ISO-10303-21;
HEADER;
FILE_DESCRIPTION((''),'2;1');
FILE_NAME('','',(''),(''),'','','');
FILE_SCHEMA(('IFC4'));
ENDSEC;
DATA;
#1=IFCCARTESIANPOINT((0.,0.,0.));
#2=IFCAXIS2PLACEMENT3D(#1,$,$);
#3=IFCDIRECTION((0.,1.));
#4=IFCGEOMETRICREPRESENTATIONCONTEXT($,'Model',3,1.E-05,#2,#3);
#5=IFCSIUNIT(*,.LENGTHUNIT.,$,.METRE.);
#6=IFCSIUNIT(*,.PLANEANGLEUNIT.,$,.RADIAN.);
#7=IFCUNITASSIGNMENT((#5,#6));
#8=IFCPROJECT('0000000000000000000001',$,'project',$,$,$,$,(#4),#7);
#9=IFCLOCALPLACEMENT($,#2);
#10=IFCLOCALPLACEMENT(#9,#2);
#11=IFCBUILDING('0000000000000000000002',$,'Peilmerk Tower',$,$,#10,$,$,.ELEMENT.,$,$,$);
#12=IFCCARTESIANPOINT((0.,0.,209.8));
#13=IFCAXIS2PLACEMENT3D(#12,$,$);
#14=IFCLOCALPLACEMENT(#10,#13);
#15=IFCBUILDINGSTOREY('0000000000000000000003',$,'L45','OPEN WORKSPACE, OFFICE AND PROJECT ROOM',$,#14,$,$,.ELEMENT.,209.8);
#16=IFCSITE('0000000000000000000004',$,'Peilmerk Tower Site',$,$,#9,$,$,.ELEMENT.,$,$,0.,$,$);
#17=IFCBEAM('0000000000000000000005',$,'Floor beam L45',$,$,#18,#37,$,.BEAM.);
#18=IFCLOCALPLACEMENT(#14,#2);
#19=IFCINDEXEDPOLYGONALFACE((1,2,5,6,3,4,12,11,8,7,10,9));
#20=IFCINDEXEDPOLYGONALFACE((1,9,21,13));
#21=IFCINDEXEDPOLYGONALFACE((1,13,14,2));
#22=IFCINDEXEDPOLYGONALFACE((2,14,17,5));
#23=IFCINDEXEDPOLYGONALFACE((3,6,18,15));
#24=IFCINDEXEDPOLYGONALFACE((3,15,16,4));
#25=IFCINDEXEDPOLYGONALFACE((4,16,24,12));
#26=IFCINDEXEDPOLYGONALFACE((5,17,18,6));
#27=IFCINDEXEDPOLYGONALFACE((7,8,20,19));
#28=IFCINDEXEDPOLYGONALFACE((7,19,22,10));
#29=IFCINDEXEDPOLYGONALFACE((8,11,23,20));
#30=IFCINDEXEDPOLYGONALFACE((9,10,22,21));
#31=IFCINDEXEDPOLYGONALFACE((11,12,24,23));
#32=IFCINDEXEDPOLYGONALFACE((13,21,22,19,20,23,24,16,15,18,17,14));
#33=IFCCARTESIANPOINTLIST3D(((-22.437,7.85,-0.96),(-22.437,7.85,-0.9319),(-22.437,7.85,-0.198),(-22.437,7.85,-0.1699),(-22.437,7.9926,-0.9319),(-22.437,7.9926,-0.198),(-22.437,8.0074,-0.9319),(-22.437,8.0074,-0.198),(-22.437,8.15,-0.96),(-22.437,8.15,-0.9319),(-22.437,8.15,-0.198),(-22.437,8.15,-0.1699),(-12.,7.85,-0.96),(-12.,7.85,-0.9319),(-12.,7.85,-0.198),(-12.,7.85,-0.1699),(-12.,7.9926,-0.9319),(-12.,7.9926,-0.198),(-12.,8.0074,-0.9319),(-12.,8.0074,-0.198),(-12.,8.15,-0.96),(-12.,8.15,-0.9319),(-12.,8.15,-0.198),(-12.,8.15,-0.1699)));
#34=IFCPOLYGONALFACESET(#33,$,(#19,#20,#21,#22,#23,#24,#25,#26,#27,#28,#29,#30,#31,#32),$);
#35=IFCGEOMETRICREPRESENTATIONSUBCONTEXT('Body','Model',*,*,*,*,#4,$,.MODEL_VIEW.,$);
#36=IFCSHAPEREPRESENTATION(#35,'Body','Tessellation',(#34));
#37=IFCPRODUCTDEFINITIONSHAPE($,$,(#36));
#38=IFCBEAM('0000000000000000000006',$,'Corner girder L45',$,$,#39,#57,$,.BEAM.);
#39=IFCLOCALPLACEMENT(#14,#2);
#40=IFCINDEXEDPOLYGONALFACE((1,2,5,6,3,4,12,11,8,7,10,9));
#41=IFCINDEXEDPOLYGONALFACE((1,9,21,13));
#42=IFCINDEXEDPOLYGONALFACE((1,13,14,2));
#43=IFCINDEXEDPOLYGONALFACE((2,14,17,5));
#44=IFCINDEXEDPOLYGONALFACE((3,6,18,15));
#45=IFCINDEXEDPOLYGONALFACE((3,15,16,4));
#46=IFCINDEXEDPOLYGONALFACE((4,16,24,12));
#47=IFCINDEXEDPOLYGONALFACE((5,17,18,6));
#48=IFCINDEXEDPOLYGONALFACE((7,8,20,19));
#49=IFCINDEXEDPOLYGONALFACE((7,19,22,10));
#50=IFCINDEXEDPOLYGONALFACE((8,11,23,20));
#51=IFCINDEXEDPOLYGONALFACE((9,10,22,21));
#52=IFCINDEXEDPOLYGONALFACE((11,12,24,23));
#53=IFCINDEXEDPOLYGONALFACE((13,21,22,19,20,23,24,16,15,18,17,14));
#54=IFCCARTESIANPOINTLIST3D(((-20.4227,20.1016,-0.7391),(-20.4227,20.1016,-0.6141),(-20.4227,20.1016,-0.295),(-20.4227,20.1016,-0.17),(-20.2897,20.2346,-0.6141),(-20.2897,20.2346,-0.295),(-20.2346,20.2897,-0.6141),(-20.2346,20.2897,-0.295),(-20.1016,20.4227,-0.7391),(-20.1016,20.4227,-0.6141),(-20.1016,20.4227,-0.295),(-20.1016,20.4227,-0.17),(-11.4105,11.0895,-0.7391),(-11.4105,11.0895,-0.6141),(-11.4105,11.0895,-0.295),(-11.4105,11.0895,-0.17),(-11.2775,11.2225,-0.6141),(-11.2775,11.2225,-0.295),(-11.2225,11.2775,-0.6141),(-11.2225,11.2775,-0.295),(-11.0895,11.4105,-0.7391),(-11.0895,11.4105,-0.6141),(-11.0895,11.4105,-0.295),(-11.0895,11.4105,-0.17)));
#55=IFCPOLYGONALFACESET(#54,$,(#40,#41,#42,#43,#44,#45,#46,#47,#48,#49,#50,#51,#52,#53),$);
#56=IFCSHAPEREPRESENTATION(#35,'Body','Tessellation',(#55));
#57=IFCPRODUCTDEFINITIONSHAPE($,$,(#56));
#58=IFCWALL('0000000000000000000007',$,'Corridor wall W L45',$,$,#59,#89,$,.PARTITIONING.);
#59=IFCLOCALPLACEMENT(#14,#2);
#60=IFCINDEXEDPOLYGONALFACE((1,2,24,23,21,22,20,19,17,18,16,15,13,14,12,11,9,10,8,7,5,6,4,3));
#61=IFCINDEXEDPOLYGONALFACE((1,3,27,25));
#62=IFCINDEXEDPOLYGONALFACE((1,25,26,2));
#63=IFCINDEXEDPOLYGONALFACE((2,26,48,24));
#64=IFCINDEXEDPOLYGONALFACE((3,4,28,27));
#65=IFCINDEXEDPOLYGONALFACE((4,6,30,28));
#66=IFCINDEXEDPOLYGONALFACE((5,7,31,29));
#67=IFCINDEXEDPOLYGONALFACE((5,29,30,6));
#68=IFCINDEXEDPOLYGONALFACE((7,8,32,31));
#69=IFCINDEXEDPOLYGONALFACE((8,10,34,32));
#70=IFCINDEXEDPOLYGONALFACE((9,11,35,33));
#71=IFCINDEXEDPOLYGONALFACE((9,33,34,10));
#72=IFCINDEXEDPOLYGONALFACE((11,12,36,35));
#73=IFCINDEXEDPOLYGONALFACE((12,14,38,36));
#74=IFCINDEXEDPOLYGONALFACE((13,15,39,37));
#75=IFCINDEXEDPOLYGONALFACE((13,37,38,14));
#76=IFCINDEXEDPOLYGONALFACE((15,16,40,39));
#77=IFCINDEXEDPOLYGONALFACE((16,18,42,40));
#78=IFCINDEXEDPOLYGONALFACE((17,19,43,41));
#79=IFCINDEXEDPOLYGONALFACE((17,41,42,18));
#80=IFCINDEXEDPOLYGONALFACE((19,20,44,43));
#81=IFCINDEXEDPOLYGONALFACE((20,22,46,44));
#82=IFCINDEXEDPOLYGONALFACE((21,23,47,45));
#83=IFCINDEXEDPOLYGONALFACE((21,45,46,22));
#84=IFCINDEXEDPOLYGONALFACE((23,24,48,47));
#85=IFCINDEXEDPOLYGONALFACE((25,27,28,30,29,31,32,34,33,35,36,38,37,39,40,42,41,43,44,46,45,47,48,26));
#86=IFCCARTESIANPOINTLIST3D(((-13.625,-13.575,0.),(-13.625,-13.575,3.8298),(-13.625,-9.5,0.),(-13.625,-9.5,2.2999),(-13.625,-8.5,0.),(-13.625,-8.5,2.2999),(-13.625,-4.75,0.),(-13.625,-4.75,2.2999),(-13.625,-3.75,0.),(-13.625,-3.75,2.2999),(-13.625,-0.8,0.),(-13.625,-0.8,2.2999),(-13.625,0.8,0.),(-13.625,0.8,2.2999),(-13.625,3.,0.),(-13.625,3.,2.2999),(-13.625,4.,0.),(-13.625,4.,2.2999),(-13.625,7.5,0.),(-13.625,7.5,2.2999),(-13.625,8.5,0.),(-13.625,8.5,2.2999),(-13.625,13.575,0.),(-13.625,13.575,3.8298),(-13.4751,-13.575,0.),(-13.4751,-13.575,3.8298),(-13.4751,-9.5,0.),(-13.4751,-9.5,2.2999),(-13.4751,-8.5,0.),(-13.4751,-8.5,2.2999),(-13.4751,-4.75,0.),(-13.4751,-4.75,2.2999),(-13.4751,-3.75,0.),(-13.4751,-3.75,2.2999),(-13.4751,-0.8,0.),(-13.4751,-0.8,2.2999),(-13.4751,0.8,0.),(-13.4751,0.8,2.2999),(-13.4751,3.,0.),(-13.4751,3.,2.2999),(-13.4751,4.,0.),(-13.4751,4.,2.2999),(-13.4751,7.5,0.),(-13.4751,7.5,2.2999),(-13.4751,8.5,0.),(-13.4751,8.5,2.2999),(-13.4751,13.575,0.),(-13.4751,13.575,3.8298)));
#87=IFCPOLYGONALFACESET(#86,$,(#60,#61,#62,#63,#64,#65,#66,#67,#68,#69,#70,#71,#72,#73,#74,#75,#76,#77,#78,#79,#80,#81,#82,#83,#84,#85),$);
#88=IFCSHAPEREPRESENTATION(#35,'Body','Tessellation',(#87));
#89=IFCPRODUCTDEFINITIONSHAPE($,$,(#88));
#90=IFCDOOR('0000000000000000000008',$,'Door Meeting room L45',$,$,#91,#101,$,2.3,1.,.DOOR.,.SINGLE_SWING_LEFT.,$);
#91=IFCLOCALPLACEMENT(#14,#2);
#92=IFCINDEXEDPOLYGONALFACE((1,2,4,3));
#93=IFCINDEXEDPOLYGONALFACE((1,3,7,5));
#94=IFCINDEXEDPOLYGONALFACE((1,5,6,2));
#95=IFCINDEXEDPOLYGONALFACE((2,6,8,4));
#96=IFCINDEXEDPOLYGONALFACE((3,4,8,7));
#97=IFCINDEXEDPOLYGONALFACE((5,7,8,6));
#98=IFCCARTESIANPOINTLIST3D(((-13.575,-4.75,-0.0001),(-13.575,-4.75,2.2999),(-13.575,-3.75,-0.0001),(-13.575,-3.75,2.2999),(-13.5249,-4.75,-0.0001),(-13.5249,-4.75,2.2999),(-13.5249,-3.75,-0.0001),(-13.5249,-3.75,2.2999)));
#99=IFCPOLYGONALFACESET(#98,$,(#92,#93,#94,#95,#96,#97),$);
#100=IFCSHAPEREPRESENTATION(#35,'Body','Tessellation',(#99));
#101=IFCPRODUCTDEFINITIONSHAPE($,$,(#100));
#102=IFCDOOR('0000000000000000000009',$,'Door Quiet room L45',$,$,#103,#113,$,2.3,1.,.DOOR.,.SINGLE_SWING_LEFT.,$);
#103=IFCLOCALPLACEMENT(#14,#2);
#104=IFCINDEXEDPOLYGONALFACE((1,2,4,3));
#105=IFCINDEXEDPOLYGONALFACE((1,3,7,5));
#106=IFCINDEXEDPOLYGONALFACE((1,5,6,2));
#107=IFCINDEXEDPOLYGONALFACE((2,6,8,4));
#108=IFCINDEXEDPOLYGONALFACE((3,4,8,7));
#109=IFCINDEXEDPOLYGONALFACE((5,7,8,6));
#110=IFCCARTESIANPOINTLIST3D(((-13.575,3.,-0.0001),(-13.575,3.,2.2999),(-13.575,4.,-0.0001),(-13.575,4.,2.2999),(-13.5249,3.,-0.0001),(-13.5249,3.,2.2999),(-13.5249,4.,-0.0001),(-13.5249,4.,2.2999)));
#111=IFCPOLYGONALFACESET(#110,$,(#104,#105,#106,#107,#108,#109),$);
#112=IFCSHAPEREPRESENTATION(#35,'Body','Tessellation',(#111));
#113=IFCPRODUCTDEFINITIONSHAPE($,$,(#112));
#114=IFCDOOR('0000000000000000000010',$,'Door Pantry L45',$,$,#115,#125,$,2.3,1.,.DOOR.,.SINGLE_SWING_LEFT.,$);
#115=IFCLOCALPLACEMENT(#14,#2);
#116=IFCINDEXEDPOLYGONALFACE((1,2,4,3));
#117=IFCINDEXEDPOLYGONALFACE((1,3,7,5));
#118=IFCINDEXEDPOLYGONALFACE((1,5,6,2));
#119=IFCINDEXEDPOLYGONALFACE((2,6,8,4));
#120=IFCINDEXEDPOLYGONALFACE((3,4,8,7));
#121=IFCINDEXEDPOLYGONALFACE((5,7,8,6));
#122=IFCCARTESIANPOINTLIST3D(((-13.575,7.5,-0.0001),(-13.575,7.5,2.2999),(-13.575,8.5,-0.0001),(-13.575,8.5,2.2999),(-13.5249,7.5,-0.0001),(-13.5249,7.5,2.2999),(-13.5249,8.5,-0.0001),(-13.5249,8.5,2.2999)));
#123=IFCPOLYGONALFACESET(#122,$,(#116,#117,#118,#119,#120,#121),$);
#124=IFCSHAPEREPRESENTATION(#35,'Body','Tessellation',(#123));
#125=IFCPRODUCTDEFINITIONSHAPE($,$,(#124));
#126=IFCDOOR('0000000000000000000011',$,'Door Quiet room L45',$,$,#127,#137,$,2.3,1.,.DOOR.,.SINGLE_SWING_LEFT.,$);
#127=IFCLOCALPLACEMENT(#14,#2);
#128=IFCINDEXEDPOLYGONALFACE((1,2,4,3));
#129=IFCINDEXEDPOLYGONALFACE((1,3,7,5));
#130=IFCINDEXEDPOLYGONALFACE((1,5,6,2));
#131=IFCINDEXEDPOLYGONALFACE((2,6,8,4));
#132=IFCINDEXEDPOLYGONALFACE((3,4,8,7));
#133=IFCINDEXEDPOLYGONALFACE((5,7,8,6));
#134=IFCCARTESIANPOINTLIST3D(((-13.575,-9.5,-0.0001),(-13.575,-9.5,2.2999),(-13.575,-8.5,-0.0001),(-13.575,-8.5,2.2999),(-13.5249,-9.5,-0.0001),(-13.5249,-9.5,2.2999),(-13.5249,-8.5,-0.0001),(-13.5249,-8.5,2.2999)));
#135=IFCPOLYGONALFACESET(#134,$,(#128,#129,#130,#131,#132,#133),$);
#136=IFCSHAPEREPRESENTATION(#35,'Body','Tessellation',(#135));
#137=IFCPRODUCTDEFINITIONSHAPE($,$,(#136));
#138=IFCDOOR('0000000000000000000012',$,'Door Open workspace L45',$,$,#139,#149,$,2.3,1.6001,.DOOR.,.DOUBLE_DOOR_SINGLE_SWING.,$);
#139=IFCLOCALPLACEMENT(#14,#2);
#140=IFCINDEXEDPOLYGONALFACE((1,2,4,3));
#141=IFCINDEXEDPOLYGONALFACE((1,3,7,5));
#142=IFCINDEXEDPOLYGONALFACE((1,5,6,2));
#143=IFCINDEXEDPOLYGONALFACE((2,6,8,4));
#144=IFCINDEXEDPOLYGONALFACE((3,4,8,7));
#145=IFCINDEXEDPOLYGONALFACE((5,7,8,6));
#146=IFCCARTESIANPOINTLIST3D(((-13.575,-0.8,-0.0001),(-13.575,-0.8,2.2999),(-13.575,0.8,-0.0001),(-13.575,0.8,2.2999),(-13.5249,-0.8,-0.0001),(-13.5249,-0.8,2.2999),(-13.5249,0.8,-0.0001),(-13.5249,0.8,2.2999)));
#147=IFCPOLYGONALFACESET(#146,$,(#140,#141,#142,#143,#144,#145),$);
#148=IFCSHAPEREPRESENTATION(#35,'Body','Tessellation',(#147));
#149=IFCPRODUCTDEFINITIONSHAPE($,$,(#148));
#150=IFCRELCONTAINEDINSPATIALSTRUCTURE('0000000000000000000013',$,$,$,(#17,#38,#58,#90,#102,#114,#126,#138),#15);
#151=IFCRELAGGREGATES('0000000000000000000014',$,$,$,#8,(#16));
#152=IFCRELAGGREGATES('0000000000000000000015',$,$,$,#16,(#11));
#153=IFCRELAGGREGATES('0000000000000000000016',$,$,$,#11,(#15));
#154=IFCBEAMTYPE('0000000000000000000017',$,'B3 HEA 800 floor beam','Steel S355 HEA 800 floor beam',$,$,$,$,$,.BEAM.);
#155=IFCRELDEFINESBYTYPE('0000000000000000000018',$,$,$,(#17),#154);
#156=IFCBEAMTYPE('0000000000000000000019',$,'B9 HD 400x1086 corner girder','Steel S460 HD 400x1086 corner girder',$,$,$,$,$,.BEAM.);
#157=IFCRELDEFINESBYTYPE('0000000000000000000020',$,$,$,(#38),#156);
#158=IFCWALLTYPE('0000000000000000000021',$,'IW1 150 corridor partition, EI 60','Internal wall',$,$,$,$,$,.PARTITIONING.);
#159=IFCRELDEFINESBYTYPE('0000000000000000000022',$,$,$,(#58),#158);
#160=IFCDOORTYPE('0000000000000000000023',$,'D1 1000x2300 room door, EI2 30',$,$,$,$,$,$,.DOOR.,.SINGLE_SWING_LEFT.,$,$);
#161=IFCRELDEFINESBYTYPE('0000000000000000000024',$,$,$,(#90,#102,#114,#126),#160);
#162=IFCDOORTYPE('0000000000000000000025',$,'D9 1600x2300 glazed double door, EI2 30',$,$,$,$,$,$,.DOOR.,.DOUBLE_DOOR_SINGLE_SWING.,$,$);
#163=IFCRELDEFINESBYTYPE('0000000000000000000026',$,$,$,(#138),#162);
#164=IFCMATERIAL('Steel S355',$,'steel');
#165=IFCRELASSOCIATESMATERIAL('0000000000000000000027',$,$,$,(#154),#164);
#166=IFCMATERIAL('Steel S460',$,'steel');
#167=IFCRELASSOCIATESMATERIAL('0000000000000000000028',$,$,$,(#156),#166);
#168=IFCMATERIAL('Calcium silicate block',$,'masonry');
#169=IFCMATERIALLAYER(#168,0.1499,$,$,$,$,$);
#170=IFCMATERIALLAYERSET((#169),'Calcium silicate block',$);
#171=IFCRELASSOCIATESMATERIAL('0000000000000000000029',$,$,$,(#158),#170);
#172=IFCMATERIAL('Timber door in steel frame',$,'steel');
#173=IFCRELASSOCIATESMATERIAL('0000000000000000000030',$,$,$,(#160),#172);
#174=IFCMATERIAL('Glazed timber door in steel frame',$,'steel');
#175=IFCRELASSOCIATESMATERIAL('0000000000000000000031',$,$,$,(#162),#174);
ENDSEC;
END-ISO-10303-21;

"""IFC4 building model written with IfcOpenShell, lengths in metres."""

from ifc_helpers import new_model, si_unit, direction, frame, frame_2d, origin, origin_2d, place, context, subcontext, project, spatial, rectangle, i_section, extrude, material, layer, layer_set, material_profile, profile_set, type_object, element, fill, save


model = new_model("IFC4")

# Units and contexts
model_context = context("Model", 3, precision=1e-05, world=origin(), true_north=direction((0.0, 1.0)))
body_context = subcontext(model_context, "Body", "Model", "MODEL_VIEW")
ifc_project = project(units=[si_unit("LENGTHUNIT", "METRE"), si_unit("PLANEANGLEUNIT", "RADIAN")], contexts=[model_context])

# Site, building, storey
site_placement = place(None, origin())
site = spatial("IfcSite", under=ifc_project, at=site_placement, Name="Peilmerk Tower Site", CompositionType="ELEMENT", RefElevation=0.0)
building_placement = place(site_placement, origin())
building = spatial("IfcBuilding", under=site, at=building_placement, Name="Peilmerk Tower", CompositionType="ELEMENT")
storey_placement = place(building_placement, frame((0.0, 0.0, 209.8)))
storey = spatial("IfcBuildingStorey", under=building, at=storey_placement, Name="L45", Description="OPEN WORKSPACE, OFFICE AND PROJECT ROOM", CompositionType="ELEMENT", Elevation=209.8)

# Shared definitions
ifc_material_1 = material(Name="Steel S460", Category="steel")

# Beams
ifc_material_2 = material(Name="Steel S355", Category="steel")
ifc_material_profile_1 = material_profile(ifc_material_2, i_section(OverallWidth=0.3, OverallDepth=0.79, WebThickness=0.0149, FlangeThickness=0.0281, at=origin_2d()), Name="HEA 800")
ifc_profile_set_1 = profile_set([ifc_material_profile_1], Name="Steel S355")
beam_type_1 = type_object("IfcBeamType", Name="B3 HEA 800 floor beam", Description="Steel S355 HEA 800 floor beam", PredefinedType="BEAM", material=ifc_profile_set_1)
for number, where, z_axis, x_axis, name in (
    (1, (-12.0, 8.0, -0.5649), (-1.0, 0.0, 0.0), (0.0, -1.0, 0.0), "Floor beam L45"),
):
    element("IfcBeam", number, at=place(storey_placement, frame(where, z_axis=z_axis, x_axis=x_axis)), inside=storey, type_object=beam_type_1, Name=name, PredefinedType="BEAM", context=body_context, shape_type="SweptSolid", body=[
        extrude(i_section(OverallWidth=0.3, OverallDepth=0.79, WebThickness=0.0149, FlangeThickness=0.0281, at=origin_2d()), origin(), (0.0, 0.0, 1.0), 10.437),
    ])
ifc_material_profile_2 = material_profile(ifc_material_1, i_section(OverallWidth=0.4541, OverallDepth=0.5691, WebThickness=0.0779, FlangeThickness=0.125, at=origin_2d()), Name="HD 400x1086")
ifc_profile_set_2 = profile_set([ifc_material_profile_2], Name="Steel S460")
beam_type_2 = type_object("IfcBeamType", Name="B9 HD 400x1086 corner girder", Description="Steel S460 HD 400x1086 corner girder", PredefinedType="BEAM", material=ifc_profile_set_2)
beam_1_placement = place(storey_placement, frame((-11.25, 11.25, -0.4546), z_axis=(-0.707107, 0.707107, 0.0), x_axis=(-0.707107, -0.707107, 0.0)))
element("IfcBeam", 2, at=beam_1_placement, inside=storey, type_object=beam_type_2, Name="Corner girder L45", PredefinedType="BEAM", context=body_context, shape_type="SweptSolid", body=[
    extrude(i_section(OverallWidth=0.4541, OverallDepth=0.5691, WebThickness=0.0779, FlangeThickness=0.125, at=origin_2d()), origin(), (0.0, 0.0, 1.0), 12.7451),
])

# Wall, openings, doors
ifc_material_3 = material(Name="Calcium silicate block", Category="masonry")
ifc_layer_1 = layer(ifc_material_3, 0.1499)
ifc_layer_set_1 = layer_set([ifc_layer_1], Name="Calcium silicate block")
wall_type_1 = type_object("IfcWallType", Name="IW1 150 corridor partition, EI 60", Description="Internal wall", PredefinedType="PARTITIONING", material=ifc_layer_set_1)
wall_1_placement = place(storey_placement, frame((-13.55, 13.575, 0.0), z_axis=(0.0, 0.0, 1.0), x_axis=(0.0, -1.0, 0.0)))
wall_1 = element("IfcWall", 3, at=wall_1_placement, inside=storey, type_object=wall_type_1, Name="Corridor wall W L45", PredefinedType="PARTITIONING", context=body_context, shape_type="SweptSolid", body=[
    extrude(rectangle(XDim=27.1499, YDim=0.1499, at=frame_2d((13.575, 0.0))), origin(), (0.0, 0.0, 1.0), 3.8298),
])
opening_1_placement = place(wall_1_placement, frame((12.7749, 0.0, 0.0)))
opening_1 = element("IfcOpeningElement", 4, at=opening_1_placement, cuts=wall_1, PredefinedType="OPENING", context=body_context, shape_type="SweptSolid", body=[
    extrude(rectangle(XDim=1.6001, YDim=2.3, at=frame_2d((0.8, 1.1499))), frame((0.0, 0.085, 0.0), z_axis=(0.0, -1.0, 0.0), x_axis=(1.0, 0.0, 0.0)), (0.0, 0.0, 1.0), 0.1699),
])
opening_2_placement = place(wall_1_placement, frame((17.325, 0.0, 0.0)))
opening_2 = element("IfcOpeningElement", 5, at=opening_2_placement, cuts=wall_1, PredefinedType="OPENING", context=body_context, shape_type="SweptSolid", body=[
    extrude(rectangle(XDim=1.0, YDim=2.3, at=frame_2d((0.5, 1.1499))), frame((0.0, 0.085, 0.0), z_axis=(0.0, -1.0, 0.0), x_axis=(1.0, 0.0, 0.0)), (0.0, 0.0, 1.0), 0.1699),
])
opening_3_placement = place(wall_1_placement, frame((9.575, 0.0, 0.0)))
opening_3 = element("IfcOpeningElement", 6, at=opening_3_placement, cuts=wall_1, PredefinedType="OPENING", context=body_context, shape_type="SweptSolid", body=[
    extrude(rectangle(XDim=1.0, YDim=2.3, at=frame_2d((0.5, 1.1499))), frame((0.0, 0.085, 0.0), z_axis=(0.0, -1.0, 0.0), x_axis=(1.0, 0.0, 0.0)), (0.0, 0.0, 1.0), 0.1699),
])
opening_4_placement = place(wall_1_placement, frame((5.075, 0.0, 0.0)))
opening_4 = element("IfcOpeningElement", 7, at=opening_4_placement, cuts=wall_1, PredefinedType="OPENING", context=body_context, shape_type="SweptSolid", body=[
    extrude(rectangle(XDim=1.0, YDim=2.3, at=frame_2d((0.5, 1.1499))), frame((0.0, 0.085, 0.0), z_axis=(0.0, -1.0, 0.0), x_axis=(1.0, 0.0, 0.0)), (0.0, 0.0, 1.0), 0.1699),
])
opening_5_placement = place(wall_1_placement, frame((22.075, 0.0, 0.0)))
opening_5 = element("IfcOpeningElement", 8, at=opening_5_placement, cuts=wall_1, PredefinedType="OPENING", context=body_context, shape_type="SweptSolid", body=[
    extrude(rectangle(XDim=1.0, YDim=2.3, at=frame_2d((0.5, 1.1499))), frame((0.0, 0.085, 0.0), z_axis=(0.0, -1.0, 0.0), x_axis=(1.0, 0.0, 0.0)), (0.0, 0.0, 1.0), 0.1699),
])
ifc_material_4 = material(Name="Timber door in steel frame", Category="steel")
door_type_1 = type_object("IfcDoorType", Name="D1 1000x2300 room door, EI2 30", OperationType="SINGLE_SWING_LEFT", PredefinedType="DOOR", material=ifc_material_4)
door_1_placement = place(opening_2_placement, frame((1.0, 0.0, 0.0), z_axis=(0.0, 0.0, 1.0), x_axis=(-1.0, 0.0, 0.0)))
door_1 = element("IfcDoor", 9, at=door_1_placement, inside=storey, type_object=door_type_1, Name="Door Meeting room L45", OperationType="SINGLE_SWING_LEFT", OverallHeight=2.3, OverallWidth=1.0, PredefinedType="DOOR", context=body_context, shape_type="SweptSolid", body=[
    extrude(rectangle(XDim=1.0, YDim=2.3, at=frame_2d((0.5, 1.1499))), frame((0.0, 0.0249, 0.0), z_axis=(0.0, -1.0, 0.0), x_axis=(1.0, 0.0, 0.0)), (0.0, 0.0, 1.0), 0.05),
])
fill(opening_2, door_1)
door_2_placement = place(opening_3_placement, frame((1.0, 0.0, 0.0), z_axis=(0.0, 0.0, 1.0), x_axis=(-1.0, 0.0, 0.0)))
door_2 = element("IfcDoor", 10, at=door_2_placement, inside=storey, type_object=door_type_1, Name="Door Quiet room L45", OperationType="SINGLE_SWING_LEFT", OverallHeight=2.3, OverallWidth=1.0, PredefinedType="DOOR", context=body_context, shape_type="SweptSolid", body=[
    extrude(rectangle(XDim=1.0, YDim=2.3, at=frame_2d((0.5, 1.1499))), frame((0.0, 0.0249, 0.0), z_axis=(0.0, -1.0, 0.0), x_axis=(1.0, 0.0, 0.0)), (0.0, 0.0, 1.0), 0.05),
])
fill(opening_3, door_2)
door_3_placement = place(opening_4_placement, frame((1.0, 0.0, 0.0), z_axis=(0.0, 0.0, 1.0), x_axis=(-1.0, 0.0, 0.0)))
door_3 = element("IfcDoor", 11, at=door_3_placement, inside=storey, type_object=door_type_1, Name="Door Pantry L45", OperationType="SINGLE_SWING_LEFT", OverallHeight=2.3, OverallWidth=1.0, PredefinedType="DOOR", context=body_context, shape_type="SweptSolid", body=[
    extrude(rectangle(XDim=1.0, YDim=2.3, at=frame_2d((0.5, 1.1499))), frame((0.0, 0.0249, 0.0), z_axis=(0.0, -1.0, 0.0), x_axis=(1.0, 0.0, 0.0)), (0.0, 0.0, 1.0), 0.05),
])
fill(opening_4, door_3)
door_4_placement = place(opening_5_placement, frame((1.0, 0.0, 0.0), z_axis=(0.0, 0.0, 1.0), x_axis=(-1.0, 0.0, 0.0)))
door_4 = element("IfcDoor", 12, at=door_4_placement, inside=storey, type_object=door_type_1, Name="Door Quiet room L45", OperationType="SINGLE_SWING_LEFT", OverallHeight=2.3, OverallWidth=1.0, PredefinedType="DOOR", context=body_context, shape_type="SweptSolid", body=[
    extrude(rectangle(XDim=1.0, YDim=2.3, at=frame_2d((0.5, 1.1499))), frame((0.0, 0.0249, 0.0), z_axis=(0.0, -1.0, 0.0), x_axis=(1.0, 0.0, 0.0)), (0.0, 0.0, 1.0), 0.05),
])
fill(opening_5, door_4)
ifc_material_5 = material(Name="Glazed timber door in steel frame", Category="steel")
door_type_2 = type_object("IfcDoorType", Name="D9 1600x2300 glazed double door, EI2 30", OperationType="DOUBLE_DOOR_SINGLE_SWING", PredefinedType="DOOR", material=ifc_material_5)
door_5_placement = place(opening_1_placement, frame((1.6001, 0.0, 0.0), z_axis=(0.0, 0.0, 1.0), x_axis=(-1.0, 0.0, 0.0)))
door_5 = element("IfcDoor", 13, at=door_5_placement, inside=storey, type_object=door_type_2, Name="Door Open workspace L45", OperationType="DOUBLE_DOOR_SINGLE_SWING", OverallHeight=2.3, OverallWidth=1.6001, PredefinedType="DOOR", context=body_context, shape_type="SweptSolid", body=[
    extrude(rectangle(XDim=1.6001, YDim=2.3, at=frame_2d((0.8, 1.1499))), frame((0.0, 0.0249, 0.0), z_axis=(0.0, -1.0, 0.0), x_axis=(1.0, 0.0, 0.0)), (0.0, 0.0, 1.0), 0.05),
])
fill(opening_1, door_5)

save(model, "model.ifc")
